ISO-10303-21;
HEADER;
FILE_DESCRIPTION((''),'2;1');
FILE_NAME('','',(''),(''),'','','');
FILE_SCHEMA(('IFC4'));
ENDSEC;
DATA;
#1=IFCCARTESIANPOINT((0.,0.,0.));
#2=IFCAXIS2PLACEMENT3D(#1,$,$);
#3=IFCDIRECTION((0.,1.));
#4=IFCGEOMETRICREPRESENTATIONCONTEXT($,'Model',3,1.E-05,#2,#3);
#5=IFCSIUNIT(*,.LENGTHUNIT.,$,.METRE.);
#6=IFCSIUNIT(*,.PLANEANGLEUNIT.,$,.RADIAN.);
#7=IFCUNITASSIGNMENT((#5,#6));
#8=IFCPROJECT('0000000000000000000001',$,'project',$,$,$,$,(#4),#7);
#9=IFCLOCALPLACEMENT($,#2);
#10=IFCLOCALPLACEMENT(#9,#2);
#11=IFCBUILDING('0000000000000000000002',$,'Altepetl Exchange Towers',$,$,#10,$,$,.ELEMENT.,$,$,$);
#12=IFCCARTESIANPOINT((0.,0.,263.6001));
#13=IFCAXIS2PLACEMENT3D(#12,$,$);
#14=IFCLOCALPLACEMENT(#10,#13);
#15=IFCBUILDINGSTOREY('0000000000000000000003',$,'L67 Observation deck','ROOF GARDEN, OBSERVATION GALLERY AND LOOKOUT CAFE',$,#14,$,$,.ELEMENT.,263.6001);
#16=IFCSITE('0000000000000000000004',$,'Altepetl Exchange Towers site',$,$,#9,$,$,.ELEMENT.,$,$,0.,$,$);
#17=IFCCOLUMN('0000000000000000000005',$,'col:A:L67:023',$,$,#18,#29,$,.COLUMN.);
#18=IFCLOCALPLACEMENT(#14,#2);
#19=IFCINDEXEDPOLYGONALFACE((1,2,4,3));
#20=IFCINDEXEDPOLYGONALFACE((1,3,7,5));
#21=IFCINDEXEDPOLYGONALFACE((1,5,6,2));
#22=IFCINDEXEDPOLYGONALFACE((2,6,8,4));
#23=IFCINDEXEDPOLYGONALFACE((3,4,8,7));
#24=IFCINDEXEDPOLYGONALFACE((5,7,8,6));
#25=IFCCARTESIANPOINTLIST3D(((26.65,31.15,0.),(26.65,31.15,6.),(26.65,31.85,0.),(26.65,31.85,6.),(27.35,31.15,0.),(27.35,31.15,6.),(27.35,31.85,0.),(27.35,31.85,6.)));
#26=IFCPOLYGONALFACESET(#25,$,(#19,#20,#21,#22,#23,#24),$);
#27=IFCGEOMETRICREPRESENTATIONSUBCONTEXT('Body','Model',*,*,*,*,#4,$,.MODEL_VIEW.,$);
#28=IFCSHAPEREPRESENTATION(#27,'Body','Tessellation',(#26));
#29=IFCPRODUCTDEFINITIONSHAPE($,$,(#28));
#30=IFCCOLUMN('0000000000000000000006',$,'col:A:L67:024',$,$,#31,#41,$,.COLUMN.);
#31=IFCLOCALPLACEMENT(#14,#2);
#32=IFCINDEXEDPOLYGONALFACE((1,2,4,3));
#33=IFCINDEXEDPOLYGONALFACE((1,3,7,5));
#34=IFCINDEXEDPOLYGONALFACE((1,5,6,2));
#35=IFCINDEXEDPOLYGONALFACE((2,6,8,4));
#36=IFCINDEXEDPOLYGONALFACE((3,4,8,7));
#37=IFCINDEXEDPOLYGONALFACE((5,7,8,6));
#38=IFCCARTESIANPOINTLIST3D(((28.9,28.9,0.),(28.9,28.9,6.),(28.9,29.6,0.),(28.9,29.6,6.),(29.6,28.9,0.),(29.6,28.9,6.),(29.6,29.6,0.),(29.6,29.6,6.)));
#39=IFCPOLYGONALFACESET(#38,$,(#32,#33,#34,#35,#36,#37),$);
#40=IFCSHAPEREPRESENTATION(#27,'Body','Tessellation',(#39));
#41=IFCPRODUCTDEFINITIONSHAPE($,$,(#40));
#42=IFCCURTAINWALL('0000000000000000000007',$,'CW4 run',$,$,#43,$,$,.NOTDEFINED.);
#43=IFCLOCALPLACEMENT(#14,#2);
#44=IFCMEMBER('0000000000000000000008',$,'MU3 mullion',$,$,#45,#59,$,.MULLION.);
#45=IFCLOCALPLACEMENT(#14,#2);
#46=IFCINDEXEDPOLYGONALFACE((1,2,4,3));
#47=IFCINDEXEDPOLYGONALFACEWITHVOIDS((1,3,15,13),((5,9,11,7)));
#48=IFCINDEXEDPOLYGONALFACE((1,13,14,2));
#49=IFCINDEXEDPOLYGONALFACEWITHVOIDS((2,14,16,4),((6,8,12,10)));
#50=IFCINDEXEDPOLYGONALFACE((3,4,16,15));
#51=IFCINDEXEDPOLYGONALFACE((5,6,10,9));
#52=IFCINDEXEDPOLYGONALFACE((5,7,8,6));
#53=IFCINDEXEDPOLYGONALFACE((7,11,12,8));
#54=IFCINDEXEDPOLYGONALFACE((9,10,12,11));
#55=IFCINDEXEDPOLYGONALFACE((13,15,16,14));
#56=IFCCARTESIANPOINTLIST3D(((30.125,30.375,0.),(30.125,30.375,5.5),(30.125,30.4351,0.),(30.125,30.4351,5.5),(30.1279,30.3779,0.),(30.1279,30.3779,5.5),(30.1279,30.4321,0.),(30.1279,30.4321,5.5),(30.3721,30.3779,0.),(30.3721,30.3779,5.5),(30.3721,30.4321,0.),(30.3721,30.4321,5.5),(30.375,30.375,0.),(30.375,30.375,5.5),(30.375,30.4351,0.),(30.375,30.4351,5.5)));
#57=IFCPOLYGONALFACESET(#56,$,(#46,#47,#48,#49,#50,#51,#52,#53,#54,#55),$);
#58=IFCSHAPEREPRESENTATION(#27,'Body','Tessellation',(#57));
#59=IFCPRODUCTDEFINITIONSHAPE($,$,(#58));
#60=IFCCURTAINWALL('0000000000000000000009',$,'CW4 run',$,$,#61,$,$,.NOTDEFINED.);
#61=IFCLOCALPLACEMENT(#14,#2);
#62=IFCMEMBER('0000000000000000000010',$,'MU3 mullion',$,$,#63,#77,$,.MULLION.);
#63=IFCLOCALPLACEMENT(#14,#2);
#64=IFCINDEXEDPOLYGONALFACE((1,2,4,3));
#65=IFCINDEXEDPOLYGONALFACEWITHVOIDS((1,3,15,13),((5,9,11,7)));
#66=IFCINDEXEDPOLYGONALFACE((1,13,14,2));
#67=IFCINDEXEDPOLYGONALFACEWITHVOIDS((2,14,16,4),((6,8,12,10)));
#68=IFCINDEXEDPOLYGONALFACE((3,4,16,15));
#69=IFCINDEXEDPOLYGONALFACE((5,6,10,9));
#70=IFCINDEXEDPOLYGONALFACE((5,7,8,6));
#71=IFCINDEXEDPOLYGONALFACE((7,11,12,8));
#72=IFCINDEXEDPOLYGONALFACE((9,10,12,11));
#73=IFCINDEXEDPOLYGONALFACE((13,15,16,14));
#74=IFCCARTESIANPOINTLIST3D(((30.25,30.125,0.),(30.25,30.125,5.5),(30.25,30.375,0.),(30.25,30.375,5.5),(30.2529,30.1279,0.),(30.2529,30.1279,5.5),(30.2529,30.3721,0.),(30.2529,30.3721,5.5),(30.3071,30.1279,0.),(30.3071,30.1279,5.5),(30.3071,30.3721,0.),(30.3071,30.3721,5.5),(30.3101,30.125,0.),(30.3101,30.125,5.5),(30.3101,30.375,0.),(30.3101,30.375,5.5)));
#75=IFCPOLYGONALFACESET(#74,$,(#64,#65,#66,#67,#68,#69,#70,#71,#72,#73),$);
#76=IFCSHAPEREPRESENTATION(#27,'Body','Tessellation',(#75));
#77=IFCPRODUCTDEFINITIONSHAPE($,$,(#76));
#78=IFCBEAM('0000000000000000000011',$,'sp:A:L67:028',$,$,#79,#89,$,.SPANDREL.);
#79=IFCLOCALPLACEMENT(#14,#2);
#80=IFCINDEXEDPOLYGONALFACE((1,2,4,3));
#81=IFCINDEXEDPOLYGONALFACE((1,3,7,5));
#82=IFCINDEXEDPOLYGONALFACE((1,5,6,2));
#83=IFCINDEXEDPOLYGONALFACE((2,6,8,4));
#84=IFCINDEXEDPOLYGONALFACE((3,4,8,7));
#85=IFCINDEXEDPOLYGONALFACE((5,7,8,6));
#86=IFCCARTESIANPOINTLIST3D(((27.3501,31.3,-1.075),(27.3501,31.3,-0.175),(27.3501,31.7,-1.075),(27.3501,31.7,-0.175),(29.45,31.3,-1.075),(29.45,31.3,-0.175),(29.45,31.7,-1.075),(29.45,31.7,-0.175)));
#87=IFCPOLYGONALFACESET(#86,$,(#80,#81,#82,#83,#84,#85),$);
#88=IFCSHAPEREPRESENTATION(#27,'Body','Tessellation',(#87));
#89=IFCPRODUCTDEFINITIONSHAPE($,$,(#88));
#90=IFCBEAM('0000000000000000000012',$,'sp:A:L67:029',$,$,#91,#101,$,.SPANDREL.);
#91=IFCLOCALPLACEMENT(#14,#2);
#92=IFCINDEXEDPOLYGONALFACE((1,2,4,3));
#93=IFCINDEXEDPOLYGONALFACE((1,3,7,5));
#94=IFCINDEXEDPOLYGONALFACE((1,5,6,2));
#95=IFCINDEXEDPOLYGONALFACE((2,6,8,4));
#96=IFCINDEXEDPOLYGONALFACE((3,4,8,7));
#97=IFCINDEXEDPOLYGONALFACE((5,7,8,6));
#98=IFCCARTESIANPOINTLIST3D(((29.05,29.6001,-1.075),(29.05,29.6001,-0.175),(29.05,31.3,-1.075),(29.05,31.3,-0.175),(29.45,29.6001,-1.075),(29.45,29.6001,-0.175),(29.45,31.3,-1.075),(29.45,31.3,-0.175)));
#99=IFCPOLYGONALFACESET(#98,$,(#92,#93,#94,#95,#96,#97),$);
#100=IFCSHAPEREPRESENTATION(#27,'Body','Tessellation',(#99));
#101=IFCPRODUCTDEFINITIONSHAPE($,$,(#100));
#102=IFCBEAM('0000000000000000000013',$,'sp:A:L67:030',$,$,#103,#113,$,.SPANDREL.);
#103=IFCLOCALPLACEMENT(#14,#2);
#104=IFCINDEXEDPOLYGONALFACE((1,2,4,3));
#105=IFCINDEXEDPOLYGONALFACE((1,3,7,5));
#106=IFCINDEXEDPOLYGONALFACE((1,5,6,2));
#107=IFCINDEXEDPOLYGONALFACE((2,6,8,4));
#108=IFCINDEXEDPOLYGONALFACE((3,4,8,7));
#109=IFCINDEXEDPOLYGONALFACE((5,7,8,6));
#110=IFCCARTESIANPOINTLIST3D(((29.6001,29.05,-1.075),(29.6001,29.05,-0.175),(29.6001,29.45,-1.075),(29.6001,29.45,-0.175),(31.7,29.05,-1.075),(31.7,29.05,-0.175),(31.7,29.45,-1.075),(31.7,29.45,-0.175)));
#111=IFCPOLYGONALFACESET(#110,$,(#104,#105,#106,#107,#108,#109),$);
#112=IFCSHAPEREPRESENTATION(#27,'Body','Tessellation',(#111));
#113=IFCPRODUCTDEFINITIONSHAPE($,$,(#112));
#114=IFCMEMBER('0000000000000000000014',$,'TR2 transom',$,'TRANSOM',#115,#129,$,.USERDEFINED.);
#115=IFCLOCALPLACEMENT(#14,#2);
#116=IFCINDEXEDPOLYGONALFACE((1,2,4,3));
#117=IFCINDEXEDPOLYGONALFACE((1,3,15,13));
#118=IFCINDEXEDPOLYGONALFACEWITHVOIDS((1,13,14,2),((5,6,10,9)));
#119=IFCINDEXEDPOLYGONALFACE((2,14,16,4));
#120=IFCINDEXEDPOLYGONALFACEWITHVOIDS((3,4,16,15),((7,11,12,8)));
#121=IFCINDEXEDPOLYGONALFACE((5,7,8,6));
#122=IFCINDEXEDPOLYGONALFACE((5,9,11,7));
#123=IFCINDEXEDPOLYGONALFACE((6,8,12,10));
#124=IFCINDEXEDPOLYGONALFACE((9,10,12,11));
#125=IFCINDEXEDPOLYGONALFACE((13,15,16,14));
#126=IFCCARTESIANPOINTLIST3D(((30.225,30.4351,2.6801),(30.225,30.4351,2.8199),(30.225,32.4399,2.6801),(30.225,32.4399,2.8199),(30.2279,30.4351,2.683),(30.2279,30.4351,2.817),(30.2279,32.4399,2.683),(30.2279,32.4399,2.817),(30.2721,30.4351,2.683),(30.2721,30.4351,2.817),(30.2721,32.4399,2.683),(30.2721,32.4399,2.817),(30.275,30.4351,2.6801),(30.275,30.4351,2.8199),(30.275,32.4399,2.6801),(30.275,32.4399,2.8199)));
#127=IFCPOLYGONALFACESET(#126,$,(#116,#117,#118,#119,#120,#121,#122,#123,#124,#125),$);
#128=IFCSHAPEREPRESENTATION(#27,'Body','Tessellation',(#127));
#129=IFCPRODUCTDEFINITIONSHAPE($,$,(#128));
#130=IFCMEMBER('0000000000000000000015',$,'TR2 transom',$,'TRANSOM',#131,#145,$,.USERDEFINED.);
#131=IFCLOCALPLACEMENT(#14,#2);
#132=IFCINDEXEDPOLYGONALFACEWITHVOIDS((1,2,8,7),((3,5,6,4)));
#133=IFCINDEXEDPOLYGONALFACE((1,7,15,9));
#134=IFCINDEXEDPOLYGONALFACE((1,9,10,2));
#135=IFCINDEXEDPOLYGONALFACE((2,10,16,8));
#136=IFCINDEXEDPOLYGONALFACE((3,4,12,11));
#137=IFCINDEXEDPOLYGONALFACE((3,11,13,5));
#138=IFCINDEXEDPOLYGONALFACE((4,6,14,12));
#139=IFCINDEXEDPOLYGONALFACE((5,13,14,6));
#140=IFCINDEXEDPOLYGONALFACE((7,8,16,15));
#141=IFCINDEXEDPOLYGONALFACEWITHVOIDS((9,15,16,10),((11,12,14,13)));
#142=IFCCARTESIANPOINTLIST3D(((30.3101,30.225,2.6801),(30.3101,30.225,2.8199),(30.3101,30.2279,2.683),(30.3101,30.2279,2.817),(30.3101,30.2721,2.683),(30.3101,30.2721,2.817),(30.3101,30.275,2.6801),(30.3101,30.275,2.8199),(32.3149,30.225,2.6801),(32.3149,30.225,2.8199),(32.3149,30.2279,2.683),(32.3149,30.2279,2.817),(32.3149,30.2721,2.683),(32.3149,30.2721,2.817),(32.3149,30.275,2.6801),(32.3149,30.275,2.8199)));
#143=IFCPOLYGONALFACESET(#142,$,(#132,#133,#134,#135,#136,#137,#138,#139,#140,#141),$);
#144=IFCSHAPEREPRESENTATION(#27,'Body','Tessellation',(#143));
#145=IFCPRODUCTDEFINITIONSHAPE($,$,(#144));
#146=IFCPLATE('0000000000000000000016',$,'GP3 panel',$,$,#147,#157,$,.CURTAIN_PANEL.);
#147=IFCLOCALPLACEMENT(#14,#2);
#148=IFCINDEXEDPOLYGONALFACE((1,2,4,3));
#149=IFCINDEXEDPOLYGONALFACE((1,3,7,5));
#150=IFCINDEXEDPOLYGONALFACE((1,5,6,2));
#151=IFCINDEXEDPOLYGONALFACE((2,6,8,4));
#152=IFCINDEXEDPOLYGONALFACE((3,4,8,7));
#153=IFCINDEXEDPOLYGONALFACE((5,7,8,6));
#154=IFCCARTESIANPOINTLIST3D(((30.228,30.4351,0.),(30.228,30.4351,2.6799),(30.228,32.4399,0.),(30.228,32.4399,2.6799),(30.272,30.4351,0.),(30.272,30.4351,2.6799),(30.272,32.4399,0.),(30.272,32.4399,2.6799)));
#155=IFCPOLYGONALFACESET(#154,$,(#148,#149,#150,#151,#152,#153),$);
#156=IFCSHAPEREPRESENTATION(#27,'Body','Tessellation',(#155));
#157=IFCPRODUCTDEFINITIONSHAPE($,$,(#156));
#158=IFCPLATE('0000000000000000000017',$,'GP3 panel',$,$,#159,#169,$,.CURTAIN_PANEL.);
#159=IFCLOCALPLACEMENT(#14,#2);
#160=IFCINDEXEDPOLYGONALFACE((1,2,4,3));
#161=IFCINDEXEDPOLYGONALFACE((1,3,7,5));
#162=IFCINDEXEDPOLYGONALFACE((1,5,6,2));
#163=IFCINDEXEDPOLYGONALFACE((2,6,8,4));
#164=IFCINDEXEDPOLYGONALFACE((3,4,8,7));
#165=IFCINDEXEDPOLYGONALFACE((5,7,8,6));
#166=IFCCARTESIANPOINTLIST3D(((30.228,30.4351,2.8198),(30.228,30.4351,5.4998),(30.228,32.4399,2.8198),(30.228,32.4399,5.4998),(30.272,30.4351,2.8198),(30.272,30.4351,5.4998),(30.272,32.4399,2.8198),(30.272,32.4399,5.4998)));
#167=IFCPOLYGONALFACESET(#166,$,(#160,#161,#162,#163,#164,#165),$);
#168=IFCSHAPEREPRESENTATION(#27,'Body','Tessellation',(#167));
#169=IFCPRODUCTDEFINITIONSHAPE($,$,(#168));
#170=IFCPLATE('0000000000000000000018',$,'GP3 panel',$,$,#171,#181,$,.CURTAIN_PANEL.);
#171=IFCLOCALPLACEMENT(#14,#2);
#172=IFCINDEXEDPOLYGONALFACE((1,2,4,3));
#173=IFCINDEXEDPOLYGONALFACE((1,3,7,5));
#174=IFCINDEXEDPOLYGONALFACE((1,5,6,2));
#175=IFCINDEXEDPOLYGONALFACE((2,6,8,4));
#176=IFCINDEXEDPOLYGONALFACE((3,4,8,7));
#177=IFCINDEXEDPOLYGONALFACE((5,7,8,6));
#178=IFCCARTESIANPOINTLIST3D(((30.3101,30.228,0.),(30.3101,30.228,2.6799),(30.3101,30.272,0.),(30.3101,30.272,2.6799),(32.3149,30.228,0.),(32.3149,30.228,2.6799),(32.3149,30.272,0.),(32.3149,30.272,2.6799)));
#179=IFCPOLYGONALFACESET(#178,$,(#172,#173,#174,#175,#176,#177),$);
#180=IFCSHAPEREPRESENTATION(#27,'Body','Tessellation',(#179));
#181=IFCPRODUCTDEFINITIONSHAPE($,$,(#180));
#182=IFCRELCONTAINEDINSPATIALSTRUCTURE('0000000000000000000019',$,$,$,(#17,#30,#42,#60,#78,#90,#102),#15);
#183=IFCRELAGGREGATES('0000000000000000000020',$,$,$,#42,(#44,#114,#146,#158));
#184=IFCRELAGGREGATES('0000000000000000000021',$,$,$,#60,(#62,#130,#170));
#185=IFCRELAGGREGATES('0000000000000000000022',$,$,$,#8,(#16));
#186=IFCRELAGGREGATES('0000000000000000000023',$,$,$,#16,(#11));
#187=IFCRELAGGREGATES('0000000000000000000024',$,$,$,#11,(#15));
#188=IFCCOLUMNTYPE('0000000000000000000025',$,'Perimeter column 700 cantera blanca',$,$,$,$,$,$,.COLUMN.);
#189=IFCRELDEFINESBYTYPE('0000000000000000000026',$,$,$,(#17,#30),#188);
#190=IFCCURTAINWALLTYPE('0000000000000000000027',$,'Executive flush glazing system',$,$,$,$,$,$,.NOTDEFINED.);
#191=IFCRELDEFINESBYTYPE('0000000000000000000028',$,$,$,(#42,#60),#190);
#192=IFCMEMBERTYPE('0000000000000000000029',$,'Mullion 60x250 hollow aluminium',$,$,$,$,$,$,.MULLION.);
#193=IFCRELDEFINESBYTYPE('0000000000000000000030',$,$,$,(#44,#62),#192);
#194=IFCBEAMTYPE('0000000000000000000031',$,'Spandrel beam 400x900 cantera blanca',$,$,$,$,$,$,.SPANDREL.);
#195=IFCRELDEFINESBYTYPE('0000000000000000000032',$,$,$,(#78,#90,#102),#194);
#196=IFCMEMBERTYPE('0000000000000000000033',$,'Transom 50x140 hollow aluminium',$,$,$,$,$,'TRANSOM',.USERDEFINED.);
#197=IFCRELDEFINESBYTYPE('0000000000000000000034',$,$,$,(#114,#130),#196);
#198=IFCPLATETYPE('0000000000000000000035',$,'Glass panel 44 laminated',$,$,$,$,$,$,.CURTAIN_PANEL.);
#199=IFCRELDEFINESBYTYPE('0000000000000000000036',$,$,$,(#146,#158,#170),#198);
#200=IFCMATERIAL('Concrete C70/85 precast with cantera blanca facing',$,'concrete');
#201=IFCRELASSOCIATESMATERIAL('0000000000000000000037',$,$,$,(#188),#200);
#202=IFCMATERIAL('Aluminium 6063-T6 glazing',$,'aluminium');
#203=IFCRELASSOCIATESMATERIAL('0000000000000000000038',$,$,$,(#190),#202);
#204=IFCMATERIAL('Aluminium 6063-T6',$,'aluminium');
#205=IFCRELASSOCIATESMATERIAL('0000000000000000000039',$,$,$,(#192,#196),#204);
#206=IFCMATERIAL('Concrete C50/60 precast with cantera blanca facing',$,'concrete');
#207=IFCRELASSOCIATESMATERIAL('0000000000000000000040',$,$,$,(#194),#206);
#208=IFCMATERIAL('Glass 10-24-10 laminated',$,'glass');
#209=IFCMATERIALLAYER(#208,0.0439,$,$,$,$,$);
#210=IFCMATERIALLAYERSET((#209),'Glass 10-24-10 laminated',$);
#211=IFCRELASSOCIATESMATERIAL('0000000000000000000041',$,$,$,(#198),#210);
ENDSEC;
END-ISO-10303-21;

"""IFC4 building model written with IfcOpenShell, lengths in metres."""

from ifc_helpers import new_model, si_unit, direction, frame, origin, origin_2d, place, context, subcontext, project, spatial, rectangle, hollow_rectangle, extrude, material, layer, layer_set, material_profile, profile_set, type_object, element, aggregate, save


model = new_model("IFC4")

# Units and contexts
model_context = context("Model", 3, precision=1e-05, world=origin(), true_north=direction((0.0, 1.0)))
body_context = subcontext(model_context, "Body", "Model", "MODEL_VIEW")
ifc_project = project(units=[si_unit("LENGTHUNIT", "METRE"), si_unit("PLANEANGLEUNIT", "RADIAN")], contexts=[model_context])

# Site, building, storey
site_placement = place(None, origin())
site = spatial("IfcSite", under=ifc_project, at=site_placement, Name="Altepetl Exchange Towers site", CompositionType="ELEMENT", RefElevation=0.0)
building_placement = place(site_placement, origin())
building = spatial("IfcBuilding", under=site, at=building_placement, Name="Altepetl Exchange Towers", CompositionType="ELEMENT")
storey_placement = place(building_placement, frame((0.0, 0.0, 263.6001)))
storey = spatial("IfcBuildingStorey", under=building, at=storey_placement, Name="L67 Observation deck", Description="ROOF GARDEN, OBSERVATION GALLERY AND LOOKOUT CAFE", CompositionType="ELEMENT", Elevation=263.6001)

# Columns
ifc_material_1 = material(Name="Concrete C70/85 precast with cantera blanca facing", Category="concrete")
ifc_material_profile_1 = material_profile(ifc_material_1, rectangle(XDim=0.7, YDim=0.7, at=origin_2d()), Name="700 x 700")
ifc_profile_set_1 = profile_set([ifc_material_profile_1], Name="Concrete C70/85 precast with cantera blanca facing")
column_type = type_object("IfcColumnType", Name="Perimeter column 700 cantera blanca", PredefinedType="COLUMN", material=ifc_profile_set_1)
for number, where, name in (
    (1, (27.0, 31.5, 0.0), "col:A:L67:023"),
    (2, (29.25, 29.25, 0.0), "col:A:L67:024"),
):
    element("IfcColumn", number, at=place(storey_placement, frame(where)), inside=storey, type_object=column_type, Name=name, PredefinedType="COLUMN", context=body_context, shape_type="SweptSolid", body=[
        extrude(rectangle(XDim=0.7, YDim=0.7, at=origin_2d()), origin(), (0.0, 0.0, 1.0), 6.0),
    ])

# Curtain walls, members
ifc_material_2 = material(Name="Aluminium 6063-T6 glazing", Category="aluminium")
curtain_wall_type = type_object("IfcCurtainWallType", Name="Executive flush glazing system", PredefinedType="NOTDEFINED", material=ifc_material_2)
curtain_wall_1_placement = place(storey_placement, origin())
curtain_wall_1 = element("IfcCurtainWall", 3, at=curtain_wall_1_placement, inside=storey, type_object=curtain_wall_type, Name="CW4 run", PredefinedType="NOTDEFINED")
ifc_material_3 = material(Name="Aluminium 6063-T6", Category="aluminium")
ifc_material_profile_2 = material_profile(ifc_material_3, hollow_rectangle(XDim=0.0601, YDim=0.25, WallThickness=0.0029, at=origin_2d()), Name="Mullion 60x250 hollow aluminium")
ifc_profile_set_2 = profile_set([ifc_material_profile_2], Name="Aluminium 6063-T6")
member_type_1 = type_object("IfcMemberType", Name="Mullion 60x250 hollow aluminium", PredefinedType="MULLION", material=ifc_profile_set_2)
member_1_placement = place(storey_placement, frame((30.25, 30.405, 0.0), z_axis=(0.0, 0.0, 1.0), x_axis=(0.0, -1.0, 0.0)))
member_1 = element("IfcMember", 4, at=member_1_placement, type_object=member_type_1, Name="MU3 mullion", PredefinedType="MULLION", context=body_context, shape_type="SweptSolid", body=[
    extrude(hollow_rectangle(XDim=0.0601, YDim=0.25, WallThickness=0.0029, at=origin_2d()), origin(), (0.0, 0.0, 1.0), 5.5),
])
curtain_wall_2_placement = place(storey_placement, origin())
curtain_wall_2 = element("IfcCurtainWall", 5, at=curtain_wall_2_placement, inside=storey, type_object=curtain_wall_type, Name="CW4 run", PredefinedType="NOTDEFINED")
member_2_placement = place(storey_placement, frame((30.28, 30.25, 0.0)))
member_2 = element("IfcMember", 6, at=member_2_placement, type_object=member_type_1, Name="MU3 mullion", PredefinedType="MULLION", context=body_context, shape_type="SweptSolid", body=[
    extrude(hollow_rectangle(XDim=0.0601, YDim=0.25, WallThickness=0.0029, at=origin_2d()), origin(), (0.0, 0.0, 1.0), 5.5),
])

# Beams
ifc_material_4 = material(Name="Concrete C50/60 precast with cantera blanca facing", Category="concrete")
ifc_material_profile_3 = material_profile(ifc_material_4, rectangle(XDim=0.3999, YDim=0.8999, at=origin_2d()), Name="400 x 900")
ifc_profile_set_3 = profile_set([ifc_material_profile_3], Name="Concrete C50/60 precast with cantera blanca facing")
beam_type = type_object("IfcBeamType", Name="Spandrel beam 400x900 cantera blanca", PredefinedType="SPANDREL", material=ifc_profile_set_3)
beam_1_placement = place(storey_placement, frame((27.3501, 31.5, -0.625), z_axis=(1.0, 0.0, 0.0), x_axis=(0.0, 1.0, 0.0)))
element("IfcBeam", 7, at=beam_1_placement, inside=storey, type_object=beam_type, Name="sp:A:L67:028", PredefinedType="SPANDREL", context=body_context, shape_type="SweptSolid", body=[
    extrude(rectangle(XDim=0.3999, YDim=0.8999, at=origin_2d()), origin(), (0.0, 0.0, 1.0), 2.0999),
])
beam_2_placement = place(storey_placement, frame((29.25, 31.3, -0.625), z_axis=(0.0, -1.0, 0.0), x_axis=(1.0, 0.0, 0.0)))
element("IfcBeam", 8, at=beam_2_placement, inside=storey, type_object=beam_type, Name="sp:A:L67:029", PredefinedType="SPANDREL", context=body_context, shape_type="SweptSolid", body=[
    extrude(rectangle(XDim=0.3999, YDim=0.8999, at=origin_2d()), origin(), (0.0, 0.0, 1.0), 1.7),
])
beam_3_placement = place(storey_placement, frame((29.6001, 29.25, -0.625), z_axis=(1.0, 0.0, 0.0), x_axis=(0.0, 1.0, 0.0)))
element("IfcBeam", 9, at=beam_3_placement, inside=storey, type_object=beam_type, Name="sp:A:L67:030", PredefinedType="SPANDREL", context=body_context, shape_type="SweptSolid", body=[
    extrude(rectangle(XDim=0.3999, YDim=0.8999, at=origin_2d()), origin(), (0.0, 0.0, 1.0), 2.0999),
])

# Members
ifc_material_profile_4 = material_profile(ifc_material_3, hollow_rectangle(XDim=0.05, YDim=0.1399, WallThickness=0.0029, at=origin_2d()), Name="Transom 50x140 hollow aluminium")
ifc_profile_set_4 = profile_set([ifc_material_profile_4], Name="Aluminium 6063-T6")
member_type_2 = type_object("IfcMemberType", Name="Transom 50x140 hollow aluminium", ElementType="TRANSOM", PredefinedType="USERDEFINED", material=ifc_profile_set_4)
member_3_placement = place(storey_placement, frame((30.25, 32.4399, 2.75), z_axis=(0.0, -1.0, 0.0), x_axis=(1.0, 0.0, 0.0)))
member_3 = element("IfcMember", 10, at=member_3_placement, type_object=member_type_2, Name="TR2 transom", ObjectType="TRANSOM", PredefinedType="USERDEFINED", context=body_context, shape_type="SweptSolid", body=[
    extrude(hollow_rectangle(XDim=0.05, YDim=0.1399, WallThickness=0.0029, at=origin_2d()), origin(), (0.0, 0.0, 1.0), 2.0049),
])
member_4_placement = place(storey_placement, frame((30.3101, 30.25, 2.75), z_axis=(1.0, 0.0, 0.0), x_axis=(0.0, 1.0, 0.0)))
member_4 = element("IfcMember", 11, at=member_4_placement, type_object=member_type_2, Name="TR2 transom", ObjectType="TRANSOM", PredefinedType="USERDEFINED", context=body_context, shape_type="SweptSolid", body=[
    extrude(hollow_rectangle(XDim=0.05, YDim=0.1399, WallThickness=0.0029, at=origin_2d()), origin(), (0.0, 0.0, 1.0), 2.0049),
])

# Plates
ifc_material_5 = material(Name="Glass 10-24-10 laminated", Category="glass")
ifc_layer_1 = layer(ifc_material_5, 0.0439)
ifc_layer_set_1 = layer_set([ifc_layer_1], Name="Glass 10-24-10 laminated")
plate_type = type_object("IfcPlateType", Name="Glass panel 44 laminated", PredefinedType="CURTAIN_PANEL", material=ifc_layer_set_1)
plate_1_placement = place(storey_placement, frame((30.25, 31.4375, 0.0), z_axis=(0.0, 0.0, 1.0), x_axis=(0.0, -1.0, 0.0)))
plate_1 = element("IfcPlate", 12, at=plate_1_placement, type_object=plate_type, Name="GP3 panel", PredefinedType="CURTAIN_PANEL", context=body_context, shape_type="SweptSolid", body=[
    extrude(rectangle(XDim=2.0049, YDim=0.0439, at=origin_2d()), origin(), (0.0, 0.0, 1.0), 2.6799),
])
plate_2_placement = place(storey_placement, frame((30.25, 31.4375, 2.8198), z_axis=(0.0, 0.0, 1.0), x_axis=(0.0, -1.0, 0.0)))
plate_2 = element("IfcPlate", 13, at=plate_2_placement, type_object=plate_type, Name="GP3 panel", PredefinedType="CURTAIN_PANEL", context=body_context, shape_type="SweptSolid", body=[
    extrude(rectangle(XDim=2.0049, YDim=0.0439, at=origin_2d()), origin(), (0.0, 0.0, 1.0), 2.6799),
])
aggregate(curtain_wall_1, [member_1, member_3, plate_1, plate_2])
plate_3_placement = place(storey_placement, frame((31.3125, 30.25, 0.0)))
plate_3 = element("IfcPlate", 14, at=plate_3_placement, type_object=plate_type, Name="GP3 panel", PredefinedType="CURTAIN_PANEL", context=body_context, shape_type="SweptSolid", body=[
    extrude(rectangle(XDim=2.0049, YDim=0.0439, at=origin_2d()), origin(), (0.0, 0.0, 1.0), 2.6799),
])
aggregate(curtain_wall_2, [member_2, member_4, plate_3])

save(model, "model.ifc")
